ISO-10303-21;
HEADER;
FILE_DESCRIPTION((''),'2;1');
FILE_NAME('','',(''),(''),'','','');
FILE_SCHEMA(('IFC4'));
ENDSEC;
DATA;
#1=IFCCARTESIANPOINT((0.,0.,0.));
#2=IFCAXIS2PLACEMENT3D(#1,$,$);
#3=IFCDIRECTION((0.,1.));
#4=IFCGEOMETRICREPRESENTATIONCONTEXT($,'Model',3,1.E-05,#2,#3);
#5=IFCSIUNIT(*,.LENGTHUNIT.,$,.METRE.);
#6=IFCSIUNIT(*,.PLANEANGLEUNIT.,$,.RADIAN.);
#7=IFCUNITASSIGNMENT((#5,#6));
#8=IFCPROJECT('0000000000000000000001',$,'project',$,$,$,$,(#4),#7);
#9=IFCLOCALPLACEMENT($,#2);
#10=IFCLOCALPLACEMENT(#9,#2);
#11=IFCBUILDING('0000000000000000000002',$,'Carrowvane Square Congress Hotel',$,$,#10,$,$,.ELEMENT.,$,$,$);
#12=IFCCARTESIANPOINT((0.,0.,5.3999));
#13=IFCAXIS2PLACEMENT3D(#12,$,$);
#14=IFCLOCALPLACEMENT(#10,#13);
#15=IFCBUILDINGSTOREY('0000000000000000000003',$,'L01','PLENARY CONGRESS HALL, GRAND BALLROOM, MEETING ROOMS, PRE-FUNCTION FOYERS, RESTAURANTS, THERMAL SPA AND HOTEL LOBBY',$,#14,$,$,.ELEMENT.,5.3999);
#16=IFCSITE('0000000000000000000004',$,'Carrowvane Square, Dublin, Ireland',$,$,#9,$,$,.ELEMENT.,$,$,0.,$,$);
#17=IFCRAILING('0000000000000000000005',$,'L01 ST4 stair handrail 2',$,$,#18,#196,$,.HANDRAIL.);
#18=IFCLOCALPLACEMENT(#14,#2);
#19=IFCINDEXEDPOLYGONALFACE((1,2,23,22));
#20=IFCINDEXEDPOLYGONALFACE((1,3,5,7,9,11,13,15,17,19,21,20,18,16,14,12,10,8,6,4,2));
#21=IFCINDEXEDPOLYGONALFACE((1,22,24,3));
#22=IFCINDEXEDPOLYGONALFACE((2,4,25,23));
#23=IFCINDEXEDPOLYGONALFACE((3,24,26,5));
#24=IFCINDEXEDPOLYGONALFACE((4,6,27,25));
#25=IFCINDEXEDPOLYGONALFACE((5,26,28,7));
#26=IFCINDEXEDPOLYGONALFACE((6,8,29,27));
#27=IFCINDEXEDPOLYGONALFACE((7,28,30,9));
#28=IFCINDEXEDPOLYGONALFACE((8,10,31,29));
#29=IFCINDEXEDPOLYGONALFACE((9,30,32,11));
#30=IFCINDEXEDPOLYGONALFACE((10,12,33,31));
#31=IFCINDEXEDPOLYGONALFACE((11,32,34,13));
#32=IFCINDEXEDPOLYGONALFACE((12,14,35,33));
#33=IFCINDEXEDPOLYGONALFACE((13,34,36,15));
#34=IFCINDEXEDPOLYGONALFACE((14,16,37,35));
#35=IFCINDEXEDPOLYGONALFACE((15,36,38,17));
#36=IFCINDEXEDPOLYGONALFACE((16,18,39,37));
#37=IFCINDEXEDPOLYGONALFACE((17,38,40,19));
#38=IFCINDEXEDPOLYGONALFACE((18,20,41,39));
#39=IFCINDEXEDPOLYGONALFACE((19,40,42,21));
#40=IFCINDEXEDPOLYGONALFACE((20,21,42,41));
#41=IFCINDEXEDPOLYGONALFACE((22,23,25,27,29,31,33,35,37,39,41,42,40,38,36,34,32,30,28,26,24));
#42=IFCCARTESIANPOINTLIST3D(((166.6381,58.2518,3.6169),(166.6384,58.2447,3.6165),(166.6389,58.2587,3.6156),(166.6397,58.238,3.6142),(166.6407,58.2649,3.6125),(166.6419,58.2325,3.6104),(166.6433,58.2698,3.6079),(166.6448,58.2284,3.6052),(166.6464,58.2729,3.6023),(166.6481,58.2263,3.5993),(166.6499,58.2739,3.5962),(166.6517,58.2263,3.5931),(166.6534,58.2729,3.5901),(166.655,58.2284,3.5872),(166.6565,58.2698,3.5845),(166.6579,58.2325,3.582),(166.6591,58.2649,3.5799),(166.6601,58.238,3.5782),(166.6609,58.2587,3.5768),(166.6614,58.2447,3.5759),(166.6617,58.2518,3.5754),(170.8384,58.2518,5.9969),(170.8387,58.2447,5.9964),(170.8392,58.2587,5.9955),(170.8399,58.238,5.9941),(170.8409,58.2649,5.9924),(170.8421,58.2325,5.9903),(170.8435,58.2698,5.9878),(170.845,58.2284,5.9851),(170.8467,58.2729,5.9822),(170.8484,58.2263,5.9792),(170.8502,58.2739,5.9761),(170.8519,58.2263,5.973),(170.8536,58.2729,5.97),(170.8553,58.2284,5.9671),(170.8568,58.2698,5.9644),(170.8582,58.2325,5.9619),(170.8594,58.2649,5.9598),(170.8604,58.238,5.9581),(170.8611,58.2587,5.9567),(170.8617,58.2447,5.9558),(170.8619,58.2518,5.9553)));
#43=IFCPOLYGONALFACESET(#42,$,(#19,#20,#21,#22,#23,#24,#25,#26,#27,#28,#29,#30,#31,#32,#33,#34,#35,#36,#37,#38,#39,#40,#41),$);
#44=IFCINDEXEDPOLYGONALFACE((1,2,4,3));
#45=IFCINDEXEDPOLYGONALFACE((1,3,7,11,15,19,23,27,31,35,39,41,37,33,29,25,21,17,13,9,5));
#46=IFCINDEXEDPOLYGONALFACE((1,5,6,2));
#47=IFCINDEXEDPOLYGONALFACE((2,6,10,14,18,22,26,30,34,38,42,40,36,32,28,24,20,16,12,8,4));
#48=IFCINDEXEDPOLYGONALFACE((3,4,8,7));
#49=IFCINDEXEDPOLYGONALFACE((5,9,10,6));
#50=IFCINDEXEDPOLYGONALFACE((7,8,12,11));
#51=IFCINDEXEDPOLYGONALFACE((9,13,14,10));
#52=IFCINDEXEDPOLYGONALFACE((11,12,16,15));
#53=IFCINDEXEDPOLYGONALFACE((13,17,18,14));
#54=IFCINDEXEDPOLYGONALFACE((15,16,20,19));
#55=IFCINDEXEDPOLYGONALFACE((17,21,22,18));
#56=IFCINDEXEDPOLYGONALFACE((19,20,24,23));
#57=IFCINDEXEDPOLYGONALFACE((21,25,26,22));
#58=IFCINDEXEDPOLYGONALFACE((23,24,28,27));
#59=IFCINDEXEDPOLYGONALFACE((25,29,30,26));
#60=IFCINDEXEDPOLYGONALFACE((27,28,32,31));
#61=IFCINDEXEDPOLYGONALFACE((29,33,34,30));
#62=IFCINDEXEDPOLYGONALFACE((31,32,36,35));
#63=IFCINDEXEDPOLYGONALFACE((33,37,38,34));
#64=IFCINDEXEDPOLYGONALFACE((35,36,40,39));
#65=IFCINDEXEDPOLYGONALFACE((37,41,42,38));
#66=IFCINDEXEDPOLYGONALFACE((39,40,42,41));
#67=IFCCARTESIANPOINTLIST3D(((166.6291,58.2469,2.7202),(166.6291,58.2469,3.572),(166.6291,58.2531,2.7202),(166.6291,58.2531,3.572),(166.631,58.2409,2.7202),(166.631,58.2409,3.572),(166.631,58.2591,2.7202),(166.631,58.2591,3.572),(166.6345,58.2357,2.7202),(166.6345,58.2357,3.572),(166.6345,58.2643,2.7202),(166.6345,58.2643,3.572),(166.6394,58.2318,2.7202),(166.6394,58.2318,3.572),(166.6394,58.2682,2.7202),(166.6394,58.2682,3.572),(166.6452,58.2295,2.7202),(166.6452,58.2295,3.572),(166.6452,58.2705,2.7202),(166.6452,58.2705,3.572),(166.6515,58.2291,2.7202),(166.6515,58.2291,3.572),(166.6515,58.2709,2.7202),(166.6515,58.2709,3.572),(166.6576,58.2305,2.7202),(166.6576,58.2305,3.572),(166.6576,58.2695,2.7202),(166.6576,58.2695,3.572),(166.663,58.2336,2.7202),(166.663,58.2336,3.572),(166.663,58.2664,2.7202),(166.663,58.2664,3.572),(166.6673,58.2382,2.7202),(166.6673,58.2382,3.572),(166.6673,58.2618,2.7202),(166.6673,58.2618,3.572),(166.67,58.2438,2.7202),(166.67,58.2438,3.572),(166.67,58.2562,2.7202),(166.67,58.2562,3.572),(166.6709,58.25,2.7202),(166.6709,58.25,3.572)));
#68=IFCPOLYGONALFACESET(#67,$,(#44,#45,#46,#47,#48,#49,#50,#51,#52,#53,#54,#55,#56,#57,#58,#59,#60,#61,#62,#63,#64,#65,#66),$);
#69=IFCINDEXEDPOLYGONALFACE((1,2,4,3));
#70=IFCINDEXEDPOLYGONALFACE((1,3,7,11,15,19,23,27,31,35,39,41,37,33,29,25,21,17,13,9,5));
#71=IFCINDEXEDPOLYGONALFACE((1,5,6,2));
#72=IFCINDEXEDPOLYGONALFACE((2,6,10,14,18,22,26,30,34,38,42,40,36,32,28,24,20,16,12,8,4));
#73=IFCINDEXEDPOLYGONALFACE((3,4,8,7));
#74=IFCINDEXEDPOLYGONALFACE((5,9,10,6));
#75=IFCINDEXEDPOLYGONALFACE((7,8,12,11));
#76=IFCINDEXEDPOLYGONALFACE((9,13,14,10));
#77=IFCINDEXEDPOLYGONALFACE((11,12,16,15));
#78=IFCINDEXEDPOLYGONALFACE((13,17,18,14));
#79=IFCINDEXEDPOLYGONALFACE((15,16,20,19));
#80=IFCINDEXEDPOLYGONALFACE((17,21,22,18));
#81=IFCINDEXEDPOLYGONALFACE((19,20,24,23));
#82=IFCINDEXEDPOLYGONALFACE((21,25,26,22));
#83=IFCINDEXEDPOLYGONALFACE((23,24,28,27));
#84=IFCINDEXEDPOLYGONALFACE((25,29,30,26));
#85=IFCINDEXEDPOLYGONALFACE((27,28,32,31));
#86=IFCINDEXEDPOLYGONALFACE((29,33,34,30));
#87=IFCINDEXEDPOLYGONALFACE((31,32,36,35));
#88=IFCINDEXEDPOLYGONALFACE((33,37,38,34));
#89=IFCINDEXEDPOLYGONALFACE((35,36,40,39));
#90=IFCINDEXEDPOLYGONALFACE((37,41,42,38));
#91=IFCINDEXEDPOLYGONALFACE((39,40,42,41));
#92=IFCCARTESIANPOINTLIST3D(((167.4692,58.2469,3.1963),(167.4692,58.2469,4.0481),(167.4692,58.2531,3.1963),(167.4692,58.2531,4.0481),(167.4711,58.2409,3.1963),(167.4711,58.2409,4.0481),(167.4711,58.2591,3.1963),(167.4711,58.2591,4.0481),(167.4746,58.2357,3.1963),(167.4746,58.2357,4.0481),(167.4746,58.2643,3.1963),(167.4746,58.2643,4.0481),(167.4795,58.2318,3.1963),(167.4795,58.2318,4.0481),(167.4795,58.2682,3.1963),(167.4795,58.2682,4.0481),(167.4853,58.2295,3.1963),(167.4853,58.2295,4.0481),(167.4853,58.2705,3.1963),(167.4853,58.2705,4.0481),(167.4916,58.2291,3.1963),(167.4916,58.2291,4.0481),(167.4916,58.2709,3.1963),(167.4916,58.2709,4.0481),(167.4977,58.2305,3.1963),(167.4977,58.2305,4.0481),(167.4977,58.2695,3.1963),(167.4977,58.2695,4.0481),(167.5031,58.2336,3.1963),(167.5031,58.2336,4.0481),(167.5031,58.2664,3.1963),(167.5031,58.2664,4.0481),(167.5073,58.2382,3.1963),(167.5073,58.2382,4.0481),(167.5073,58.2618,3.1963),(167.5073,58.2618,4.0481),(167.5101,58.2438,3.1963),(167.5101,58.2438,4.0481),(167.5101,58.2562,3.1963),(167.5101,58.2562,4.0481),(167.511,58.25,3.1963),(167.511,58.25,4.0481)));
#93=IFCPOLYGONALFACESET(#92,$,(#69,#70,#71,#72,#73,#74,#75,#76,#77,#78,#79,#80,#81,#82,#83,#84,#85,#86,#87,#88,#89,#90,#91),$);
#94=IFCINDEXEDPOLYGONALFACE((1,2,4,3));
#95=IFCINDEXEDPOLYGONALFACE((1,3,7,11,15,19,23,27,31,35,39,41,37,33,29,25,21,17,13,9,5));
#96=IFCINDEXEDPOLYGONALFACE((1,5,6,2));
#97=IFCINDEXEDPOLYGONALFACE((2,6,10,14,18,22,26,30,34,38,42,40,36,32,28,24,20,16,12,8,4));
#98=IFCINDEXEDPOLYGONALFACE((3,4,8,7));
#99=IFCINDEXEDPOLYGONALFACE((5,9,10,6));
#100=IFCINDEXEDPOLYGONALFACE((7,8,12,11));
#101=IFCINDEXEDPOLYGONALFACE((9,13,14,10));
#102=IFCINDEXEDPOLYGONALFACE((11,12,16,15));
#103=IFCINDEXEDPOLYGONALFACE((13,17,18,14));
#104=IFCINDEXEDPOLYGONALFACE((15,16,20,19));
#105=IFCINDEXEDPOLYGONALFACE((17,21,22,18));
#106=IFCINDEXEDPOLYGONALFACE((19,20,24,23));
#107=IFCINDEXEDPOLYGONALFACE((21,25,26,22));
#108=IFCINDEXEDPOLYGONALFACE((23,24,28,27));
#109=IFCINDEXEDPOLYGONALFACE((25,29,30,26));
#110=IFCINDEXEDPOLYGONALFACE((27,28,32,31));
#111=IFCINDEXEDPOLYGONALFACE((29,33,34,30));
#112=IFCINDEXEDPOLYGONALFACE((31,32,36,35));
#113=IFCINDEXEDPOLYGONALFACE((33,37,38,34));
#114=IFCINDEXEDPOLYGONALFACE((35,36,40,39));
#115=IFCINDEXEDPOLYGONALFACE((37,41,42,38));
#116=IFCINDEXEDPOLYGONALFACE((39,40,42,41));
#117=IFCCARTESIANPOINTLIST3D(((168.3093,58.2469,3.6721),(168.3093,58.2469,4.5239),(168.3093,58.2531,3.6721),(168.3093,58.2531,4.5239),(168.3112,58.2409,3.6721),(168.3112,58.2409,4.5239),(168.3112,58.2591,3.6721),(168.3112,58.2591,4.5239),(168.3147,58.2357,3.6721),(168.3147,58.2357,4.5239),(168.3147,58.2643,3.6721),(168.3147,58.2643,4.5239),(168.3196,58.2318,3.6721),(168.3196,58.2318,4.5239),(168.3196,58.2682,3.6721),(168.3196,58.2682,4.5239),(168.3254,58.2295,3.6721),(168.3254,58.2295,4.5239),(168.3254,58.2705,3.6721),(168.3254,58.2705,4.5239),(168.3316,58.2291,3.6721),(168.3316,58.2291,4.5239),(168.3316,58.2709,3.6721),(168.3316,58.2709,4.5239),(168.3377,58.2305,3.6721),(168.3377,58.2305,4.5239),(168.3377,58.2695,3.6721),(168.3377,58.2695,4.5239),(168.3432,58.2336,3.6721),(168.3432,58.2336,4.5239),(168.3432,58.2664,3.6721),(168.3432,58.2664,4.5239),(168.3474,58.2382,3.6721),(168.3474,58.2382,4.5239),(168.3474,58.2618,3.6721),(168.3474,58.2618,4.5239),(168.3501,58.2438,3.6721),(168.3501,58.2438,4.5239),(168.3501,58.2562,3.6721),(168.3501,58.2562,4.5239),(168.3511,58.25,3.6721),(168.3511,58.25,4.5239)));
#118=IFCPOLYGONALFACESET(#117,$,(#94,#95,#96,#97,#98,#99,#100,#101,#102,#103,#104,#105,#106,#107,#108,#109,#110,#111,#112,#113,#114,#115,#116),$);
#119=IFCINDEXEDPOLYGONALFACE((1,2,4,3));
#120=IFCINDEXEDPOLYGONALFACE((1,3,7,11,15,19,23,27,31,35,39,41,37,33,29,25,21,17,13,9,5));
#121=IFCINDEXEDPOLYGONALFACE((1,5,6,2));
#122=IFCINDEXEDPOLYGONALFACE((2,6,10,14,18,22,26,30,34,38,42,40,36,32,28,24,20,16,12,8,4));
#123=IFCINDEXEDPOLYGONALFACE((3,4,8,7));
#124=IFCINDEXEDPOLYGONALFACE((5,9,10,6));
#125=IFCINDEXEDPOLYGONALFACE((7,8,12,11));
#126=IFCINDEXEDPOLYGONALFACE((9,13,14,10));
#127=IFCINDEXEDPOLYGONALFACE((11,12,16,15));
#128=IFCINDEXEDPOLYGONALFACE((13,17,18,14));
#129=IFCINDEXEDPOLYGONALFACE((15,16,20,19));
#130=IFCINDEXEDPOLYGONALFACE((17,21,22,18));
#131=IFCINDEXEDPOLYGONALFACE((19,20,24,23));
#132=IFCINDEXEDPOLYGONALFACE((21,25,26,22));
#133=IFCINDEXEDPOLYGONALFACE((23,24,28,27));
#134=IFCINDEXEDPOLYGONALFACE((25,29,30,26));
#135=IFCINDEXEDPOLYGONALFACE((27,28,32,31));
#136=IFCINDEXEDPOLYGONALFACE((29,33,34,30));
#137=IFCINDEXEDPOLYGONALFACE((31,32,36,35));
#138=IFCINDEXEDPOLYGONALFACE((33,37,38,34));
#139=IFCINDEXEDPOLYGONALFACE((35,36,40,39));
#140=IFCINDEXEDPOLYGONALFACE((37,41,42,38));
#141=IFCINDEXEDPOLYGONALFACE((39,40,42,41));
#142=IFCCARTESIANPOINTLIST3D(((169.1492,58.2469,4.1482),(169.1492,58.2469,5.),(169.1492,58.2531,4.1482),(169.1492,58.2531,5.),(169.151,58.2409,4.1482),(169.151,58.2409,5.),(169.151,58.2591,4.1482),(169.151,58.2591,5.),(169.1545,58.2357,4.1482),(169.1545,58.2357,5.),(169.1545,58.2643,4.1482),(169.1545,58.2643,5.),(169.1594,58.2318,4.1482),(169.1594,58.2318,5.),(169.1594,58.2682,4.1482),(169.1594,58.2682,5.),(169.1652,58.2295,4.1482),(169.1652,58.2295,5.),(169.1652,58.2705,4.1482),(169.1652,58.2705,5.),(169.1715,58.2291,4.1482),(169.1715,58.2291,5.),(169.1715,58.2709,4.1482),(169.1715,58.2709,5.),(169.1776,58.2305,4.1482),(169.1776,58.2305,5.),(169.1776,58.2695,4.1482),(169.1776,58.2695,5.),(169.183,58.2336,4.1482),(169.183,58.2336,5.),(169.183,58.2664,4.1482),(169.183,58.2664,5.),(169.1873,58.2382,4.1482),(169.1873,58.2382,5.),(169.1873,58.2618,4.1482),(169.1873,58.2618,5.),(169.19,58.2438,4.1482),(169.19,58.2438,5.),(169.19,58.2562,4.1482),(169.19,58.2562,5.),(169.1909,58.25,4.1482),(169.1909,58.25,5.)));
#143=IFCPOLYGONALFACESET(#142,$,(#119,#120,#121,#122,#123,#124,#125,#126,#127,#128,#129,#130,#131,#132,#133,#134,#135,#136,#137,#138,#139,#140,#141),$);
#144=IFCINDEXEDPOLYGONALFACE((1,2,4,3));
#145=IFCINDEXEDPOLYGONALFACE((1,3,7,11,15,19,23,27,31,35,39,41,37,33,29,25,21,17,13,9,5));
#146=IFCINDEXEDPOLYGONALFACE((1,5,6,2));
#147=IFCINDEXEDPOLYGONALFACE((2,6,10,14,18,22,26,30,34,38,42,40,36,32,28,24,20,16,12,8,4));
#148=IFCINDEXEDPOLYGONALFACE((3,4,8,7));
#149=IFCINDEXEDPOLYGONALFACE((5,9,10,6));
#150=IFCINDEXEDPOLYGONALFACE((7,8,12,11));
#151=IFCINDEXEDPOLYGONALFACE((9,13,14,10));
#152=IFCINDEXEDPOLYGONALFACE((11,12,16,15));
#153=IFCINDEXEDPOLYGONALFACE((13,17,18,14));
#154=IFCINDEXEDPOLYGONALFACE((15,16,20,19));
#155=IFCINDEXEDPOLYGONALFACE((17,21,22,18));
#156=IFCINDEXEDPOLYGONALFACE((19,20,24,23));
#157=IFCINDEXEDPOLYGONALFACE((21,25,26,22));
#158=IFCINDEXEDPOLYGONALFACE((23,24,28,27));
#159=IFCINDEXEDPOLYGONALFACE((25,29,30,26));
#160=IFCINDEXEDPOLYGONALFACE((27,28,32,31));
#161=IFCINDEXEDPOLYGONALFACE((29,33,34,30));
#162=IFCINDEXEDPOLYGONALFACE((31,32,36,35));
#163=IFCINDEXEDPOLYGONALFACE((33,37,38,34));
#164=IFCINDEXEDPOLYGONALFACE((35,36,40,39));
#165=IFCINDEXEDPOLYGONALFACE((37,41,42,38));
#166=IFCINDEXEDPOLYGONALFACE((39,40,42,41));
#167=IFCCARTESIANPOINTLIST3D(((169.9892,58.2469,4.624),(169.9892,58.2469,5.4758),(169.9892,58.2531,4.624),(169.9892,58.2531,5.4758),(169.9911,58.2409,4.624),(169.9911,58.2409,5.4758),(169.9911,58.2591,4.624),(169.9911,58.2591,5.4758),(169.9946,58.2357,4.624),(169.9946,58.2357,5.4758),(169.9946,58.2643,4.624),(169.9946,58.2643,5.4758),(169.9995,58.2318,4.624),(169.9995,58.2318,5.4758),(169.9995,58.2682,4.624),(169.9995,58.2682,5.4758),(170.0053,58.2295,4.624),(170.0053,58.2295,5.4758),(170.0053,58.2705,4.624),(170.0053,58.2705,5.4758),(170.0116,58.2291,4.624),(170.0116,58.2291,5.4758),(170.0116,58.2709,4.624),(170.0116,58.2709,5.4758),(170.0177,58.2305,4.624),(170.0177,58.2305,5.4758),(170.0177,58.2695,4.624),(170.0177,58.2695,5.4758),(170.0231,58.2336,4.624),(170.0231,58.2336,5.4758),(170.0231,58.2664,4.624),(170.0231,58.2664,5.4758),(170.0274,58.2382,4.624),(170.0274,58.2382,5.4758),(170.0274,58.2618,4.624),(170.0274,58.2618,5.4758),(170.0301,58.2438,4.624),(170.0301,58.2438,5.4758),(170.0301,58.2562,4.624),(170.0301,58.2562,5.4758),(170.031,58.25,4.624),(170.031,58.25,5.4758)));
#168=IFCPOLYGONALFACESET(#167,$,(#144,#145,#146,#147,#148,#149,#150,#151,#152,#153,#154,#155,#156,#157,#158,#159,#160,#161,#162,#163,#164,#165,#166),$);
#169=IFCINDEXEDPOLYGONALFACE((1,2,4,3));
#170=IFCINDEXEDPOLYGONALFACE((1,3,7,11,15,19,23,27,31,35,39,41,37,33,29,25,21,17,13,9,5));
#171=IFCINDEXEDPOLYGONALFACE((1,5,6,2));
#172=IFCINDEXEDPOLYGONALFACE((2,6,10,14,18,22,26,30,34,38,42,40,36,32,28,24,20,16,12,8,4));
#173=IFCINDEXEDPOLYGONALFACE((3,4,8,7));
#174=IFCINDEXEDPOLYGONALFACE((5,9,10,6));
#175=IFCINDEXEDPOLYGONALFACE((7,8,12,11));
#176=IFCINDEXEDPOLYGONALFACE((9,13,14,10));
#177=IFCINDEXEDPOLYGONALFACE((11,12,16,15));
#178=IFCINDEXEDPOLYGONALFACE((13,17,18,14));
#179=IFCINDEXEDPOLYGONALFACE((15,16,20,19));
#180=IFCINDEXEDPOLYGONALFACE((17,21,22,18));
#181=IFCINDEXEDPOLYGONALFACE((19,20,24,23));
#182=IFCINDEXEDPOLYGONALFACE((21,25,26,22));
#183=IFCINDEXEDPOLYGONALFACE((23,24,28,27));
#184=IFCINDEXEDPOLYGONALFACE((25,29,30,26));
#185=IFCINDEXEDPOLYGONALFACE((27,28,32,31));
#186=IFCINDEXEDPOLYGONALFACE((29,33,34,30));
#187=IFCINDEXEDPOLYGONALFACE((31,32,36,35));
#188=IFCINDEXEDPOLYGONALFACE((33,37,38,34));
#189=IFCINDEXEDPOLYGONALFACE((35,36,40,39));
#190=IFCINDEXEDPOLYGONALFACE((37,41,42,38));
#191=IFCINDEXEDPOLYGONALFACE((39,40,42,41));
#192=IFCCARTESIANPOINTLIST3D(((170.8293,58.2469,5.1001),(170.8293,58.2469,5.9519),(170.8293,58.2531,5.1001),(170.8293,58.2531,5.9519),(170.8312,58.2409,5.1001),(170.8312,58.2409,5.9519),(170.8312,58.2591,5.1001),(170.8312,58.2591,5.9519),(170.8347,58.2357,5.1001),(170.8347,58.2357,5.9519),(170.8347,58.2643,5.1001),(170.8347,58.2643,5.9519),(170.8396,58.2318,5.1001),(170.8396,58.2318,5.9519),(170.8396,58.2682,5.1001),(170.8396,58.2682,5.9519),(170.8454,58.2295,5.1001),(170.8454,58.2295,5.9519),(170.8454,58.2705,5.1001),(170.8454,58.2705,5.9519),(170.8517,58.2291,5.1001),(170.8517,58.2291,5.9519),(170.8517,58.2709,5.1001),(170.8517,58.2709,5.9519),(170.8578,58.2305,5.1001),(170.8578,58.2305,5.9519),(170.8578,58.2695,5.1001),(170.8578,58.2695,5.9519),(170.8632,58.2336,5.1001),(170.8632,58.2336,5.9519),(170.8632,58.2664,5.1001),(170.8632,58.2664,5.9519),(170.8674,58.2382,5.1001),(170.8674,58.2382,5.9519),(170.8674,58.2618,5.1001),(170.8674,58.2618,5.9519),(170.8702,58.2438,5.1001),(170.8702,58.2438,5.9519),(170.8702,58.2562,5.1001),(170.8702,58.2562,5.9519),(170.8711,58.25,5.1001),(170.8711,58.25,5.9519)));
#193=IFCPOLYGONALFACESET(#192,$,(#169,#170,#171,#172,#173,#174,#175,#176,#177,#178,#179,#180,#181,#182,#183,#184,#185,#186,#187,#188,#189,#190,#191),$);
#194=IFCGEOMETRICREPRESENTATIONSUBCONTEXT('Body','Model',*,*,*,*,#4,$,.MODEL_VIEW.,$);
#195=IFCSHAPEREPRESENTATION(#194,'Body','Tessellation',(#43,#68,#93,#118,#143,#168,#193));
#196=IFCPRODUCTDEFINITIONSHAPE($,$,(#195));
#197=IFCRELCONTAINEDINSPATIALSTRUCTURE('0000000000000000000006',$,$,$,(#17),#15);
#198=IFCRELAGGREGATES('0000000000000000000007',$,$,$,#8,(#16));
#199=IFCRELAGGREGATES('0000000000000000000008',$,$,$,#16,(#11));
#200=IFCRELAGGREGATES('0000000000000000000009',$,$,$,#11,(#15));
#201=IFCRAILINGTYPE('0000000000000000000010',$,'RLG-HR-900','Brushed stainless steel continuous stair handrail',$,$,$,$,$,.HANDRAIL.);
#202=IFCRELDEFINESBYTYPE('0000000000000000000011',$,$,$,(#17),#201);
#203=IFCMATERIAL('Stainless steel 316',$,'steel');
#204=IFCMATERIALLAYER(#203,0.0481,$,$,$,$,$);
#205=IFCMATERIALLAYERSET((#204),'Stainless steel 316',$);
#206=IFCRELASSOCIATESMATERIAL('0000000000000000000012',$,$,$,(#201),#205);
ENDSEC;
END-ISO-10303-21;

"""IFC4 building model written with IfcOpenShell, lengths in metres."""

from ifc_helpers import new_model, si_unit, direction, frame, origin, origin_2d, place, context, subcontext, project, spatial, circle, extrude, material, layer, layer_set, type_object, element, save


model = new_model("IFC4")

# Units and contexts
model_context = context("Model", 3, precision=1e-05, world=origin(), true_north=direction((0.0, 1.0)))
body_context = subcontext(model_context, "Body", "Model", "MODEL_VIEW")
ifc_project = project(units=[si_unit("LENGTHUNIT", "METRE"), si_unit("PLANEANGLEUNIT", "RADIAN")], contexts=[model_context])

# Site, building, storey
site_placement = place(None, origin())
site = spatial("IfcSite", under=ifc_project, at=site_placement, Name="Carrowvane Square, Dublin, Ireland", CompositionType="ELEMENT", RefElevation=0.0)
building_placement = place(site_placement, origin())
building = spatial("IfcBuilding", under=site, at=building_placement, Name="Carrowvane Square Congress Hotel", CompositionType="ELEMENT")
storey_placement = place(building_placement, frame((0.0, 0.0, 5.3999)))
storey = spatial("IfcBuildingStorey", under=building, at=storey_placement, Name="L01", Description="PLENARY CONGRESS HALL, GRAND BALLROOM, MEETING ROOMS, PRE-FUNCTION FOYERS, RESTAURANTS, THERMAL SPA AND HOTEL LOBBY", CompositionType="ELEMENT", Elevation=5.3999)

# Railing
ifc_material_1 = material(Name="Stainless steel 316", Category="steel")
ifc_layer_1 = layer(ifc_material_1, 0.0481)
ifc_layer_set_1 = layer_set([ifc_layer_1], Name="Stainless steel 316")
railing_type_1 = type_object("IfcRailingType", Name="RLG-HR-900", Description="Brushed stainless steel continuous stair handrail", PredefinedType="HANDRAIL", material=ifc_layer_set_1)
railing_1_placement = place(storey_placement, frame((166.6499, 58.25, 2.7202)))
element("IfcRailing", 1, at=railing_1_placement, inside=storey, type_object=railing_type_1, Name="L01 ST4 stair handrail 2", PredefinedType="HANDRAIL", context=body_context, shape_type="SweptSolid", body=[
    extrude(circle(Radius=0.0239, at=origin_2d()), frame((0.0, 0.0, 0.876), z_axis=(0.870042, 0.0, 0.492977), x_axis=(0.0, 1.0, 0.0)), (0.0, 0.0, 1.0), 4.8276),
    extrude(circle(Radius=0.021, at=origin_2d()), origin(), (0.0, 0.0, 1.0), 0.8518),
    extrude(circle(Radius=0.021, at=origin_2d()), frame((0.8401, 0.0, 0.4761)), (0.0, 0.0, 1.0), 0.8518),
    extrude(circle(Radius=0.021, at=origin_2d()), frame((1.6802, 0.0, 0.9519)), (0.0, 0.0, 1.0), 0.8518),
    extrude(circle(Radius=0.021, at=origin_2d()), frame((2.52, 0.0, 1.428)), (0.0, 0.0, 1.0), 0.8518),
    extrude(circle(Radius=0.021, at=origin_2d()), frame((3.3601, 0.0, 1.9038)), (0.0, 0.0, 1.0), 0.8518),
    extrude(circle(Radius=0.021, at=origin_2d()), frame((4.2002, 0.0, 2.3799)), (0.0, 0.0, 1.0), 0.8518),
])

save(model, "model.ifc")
